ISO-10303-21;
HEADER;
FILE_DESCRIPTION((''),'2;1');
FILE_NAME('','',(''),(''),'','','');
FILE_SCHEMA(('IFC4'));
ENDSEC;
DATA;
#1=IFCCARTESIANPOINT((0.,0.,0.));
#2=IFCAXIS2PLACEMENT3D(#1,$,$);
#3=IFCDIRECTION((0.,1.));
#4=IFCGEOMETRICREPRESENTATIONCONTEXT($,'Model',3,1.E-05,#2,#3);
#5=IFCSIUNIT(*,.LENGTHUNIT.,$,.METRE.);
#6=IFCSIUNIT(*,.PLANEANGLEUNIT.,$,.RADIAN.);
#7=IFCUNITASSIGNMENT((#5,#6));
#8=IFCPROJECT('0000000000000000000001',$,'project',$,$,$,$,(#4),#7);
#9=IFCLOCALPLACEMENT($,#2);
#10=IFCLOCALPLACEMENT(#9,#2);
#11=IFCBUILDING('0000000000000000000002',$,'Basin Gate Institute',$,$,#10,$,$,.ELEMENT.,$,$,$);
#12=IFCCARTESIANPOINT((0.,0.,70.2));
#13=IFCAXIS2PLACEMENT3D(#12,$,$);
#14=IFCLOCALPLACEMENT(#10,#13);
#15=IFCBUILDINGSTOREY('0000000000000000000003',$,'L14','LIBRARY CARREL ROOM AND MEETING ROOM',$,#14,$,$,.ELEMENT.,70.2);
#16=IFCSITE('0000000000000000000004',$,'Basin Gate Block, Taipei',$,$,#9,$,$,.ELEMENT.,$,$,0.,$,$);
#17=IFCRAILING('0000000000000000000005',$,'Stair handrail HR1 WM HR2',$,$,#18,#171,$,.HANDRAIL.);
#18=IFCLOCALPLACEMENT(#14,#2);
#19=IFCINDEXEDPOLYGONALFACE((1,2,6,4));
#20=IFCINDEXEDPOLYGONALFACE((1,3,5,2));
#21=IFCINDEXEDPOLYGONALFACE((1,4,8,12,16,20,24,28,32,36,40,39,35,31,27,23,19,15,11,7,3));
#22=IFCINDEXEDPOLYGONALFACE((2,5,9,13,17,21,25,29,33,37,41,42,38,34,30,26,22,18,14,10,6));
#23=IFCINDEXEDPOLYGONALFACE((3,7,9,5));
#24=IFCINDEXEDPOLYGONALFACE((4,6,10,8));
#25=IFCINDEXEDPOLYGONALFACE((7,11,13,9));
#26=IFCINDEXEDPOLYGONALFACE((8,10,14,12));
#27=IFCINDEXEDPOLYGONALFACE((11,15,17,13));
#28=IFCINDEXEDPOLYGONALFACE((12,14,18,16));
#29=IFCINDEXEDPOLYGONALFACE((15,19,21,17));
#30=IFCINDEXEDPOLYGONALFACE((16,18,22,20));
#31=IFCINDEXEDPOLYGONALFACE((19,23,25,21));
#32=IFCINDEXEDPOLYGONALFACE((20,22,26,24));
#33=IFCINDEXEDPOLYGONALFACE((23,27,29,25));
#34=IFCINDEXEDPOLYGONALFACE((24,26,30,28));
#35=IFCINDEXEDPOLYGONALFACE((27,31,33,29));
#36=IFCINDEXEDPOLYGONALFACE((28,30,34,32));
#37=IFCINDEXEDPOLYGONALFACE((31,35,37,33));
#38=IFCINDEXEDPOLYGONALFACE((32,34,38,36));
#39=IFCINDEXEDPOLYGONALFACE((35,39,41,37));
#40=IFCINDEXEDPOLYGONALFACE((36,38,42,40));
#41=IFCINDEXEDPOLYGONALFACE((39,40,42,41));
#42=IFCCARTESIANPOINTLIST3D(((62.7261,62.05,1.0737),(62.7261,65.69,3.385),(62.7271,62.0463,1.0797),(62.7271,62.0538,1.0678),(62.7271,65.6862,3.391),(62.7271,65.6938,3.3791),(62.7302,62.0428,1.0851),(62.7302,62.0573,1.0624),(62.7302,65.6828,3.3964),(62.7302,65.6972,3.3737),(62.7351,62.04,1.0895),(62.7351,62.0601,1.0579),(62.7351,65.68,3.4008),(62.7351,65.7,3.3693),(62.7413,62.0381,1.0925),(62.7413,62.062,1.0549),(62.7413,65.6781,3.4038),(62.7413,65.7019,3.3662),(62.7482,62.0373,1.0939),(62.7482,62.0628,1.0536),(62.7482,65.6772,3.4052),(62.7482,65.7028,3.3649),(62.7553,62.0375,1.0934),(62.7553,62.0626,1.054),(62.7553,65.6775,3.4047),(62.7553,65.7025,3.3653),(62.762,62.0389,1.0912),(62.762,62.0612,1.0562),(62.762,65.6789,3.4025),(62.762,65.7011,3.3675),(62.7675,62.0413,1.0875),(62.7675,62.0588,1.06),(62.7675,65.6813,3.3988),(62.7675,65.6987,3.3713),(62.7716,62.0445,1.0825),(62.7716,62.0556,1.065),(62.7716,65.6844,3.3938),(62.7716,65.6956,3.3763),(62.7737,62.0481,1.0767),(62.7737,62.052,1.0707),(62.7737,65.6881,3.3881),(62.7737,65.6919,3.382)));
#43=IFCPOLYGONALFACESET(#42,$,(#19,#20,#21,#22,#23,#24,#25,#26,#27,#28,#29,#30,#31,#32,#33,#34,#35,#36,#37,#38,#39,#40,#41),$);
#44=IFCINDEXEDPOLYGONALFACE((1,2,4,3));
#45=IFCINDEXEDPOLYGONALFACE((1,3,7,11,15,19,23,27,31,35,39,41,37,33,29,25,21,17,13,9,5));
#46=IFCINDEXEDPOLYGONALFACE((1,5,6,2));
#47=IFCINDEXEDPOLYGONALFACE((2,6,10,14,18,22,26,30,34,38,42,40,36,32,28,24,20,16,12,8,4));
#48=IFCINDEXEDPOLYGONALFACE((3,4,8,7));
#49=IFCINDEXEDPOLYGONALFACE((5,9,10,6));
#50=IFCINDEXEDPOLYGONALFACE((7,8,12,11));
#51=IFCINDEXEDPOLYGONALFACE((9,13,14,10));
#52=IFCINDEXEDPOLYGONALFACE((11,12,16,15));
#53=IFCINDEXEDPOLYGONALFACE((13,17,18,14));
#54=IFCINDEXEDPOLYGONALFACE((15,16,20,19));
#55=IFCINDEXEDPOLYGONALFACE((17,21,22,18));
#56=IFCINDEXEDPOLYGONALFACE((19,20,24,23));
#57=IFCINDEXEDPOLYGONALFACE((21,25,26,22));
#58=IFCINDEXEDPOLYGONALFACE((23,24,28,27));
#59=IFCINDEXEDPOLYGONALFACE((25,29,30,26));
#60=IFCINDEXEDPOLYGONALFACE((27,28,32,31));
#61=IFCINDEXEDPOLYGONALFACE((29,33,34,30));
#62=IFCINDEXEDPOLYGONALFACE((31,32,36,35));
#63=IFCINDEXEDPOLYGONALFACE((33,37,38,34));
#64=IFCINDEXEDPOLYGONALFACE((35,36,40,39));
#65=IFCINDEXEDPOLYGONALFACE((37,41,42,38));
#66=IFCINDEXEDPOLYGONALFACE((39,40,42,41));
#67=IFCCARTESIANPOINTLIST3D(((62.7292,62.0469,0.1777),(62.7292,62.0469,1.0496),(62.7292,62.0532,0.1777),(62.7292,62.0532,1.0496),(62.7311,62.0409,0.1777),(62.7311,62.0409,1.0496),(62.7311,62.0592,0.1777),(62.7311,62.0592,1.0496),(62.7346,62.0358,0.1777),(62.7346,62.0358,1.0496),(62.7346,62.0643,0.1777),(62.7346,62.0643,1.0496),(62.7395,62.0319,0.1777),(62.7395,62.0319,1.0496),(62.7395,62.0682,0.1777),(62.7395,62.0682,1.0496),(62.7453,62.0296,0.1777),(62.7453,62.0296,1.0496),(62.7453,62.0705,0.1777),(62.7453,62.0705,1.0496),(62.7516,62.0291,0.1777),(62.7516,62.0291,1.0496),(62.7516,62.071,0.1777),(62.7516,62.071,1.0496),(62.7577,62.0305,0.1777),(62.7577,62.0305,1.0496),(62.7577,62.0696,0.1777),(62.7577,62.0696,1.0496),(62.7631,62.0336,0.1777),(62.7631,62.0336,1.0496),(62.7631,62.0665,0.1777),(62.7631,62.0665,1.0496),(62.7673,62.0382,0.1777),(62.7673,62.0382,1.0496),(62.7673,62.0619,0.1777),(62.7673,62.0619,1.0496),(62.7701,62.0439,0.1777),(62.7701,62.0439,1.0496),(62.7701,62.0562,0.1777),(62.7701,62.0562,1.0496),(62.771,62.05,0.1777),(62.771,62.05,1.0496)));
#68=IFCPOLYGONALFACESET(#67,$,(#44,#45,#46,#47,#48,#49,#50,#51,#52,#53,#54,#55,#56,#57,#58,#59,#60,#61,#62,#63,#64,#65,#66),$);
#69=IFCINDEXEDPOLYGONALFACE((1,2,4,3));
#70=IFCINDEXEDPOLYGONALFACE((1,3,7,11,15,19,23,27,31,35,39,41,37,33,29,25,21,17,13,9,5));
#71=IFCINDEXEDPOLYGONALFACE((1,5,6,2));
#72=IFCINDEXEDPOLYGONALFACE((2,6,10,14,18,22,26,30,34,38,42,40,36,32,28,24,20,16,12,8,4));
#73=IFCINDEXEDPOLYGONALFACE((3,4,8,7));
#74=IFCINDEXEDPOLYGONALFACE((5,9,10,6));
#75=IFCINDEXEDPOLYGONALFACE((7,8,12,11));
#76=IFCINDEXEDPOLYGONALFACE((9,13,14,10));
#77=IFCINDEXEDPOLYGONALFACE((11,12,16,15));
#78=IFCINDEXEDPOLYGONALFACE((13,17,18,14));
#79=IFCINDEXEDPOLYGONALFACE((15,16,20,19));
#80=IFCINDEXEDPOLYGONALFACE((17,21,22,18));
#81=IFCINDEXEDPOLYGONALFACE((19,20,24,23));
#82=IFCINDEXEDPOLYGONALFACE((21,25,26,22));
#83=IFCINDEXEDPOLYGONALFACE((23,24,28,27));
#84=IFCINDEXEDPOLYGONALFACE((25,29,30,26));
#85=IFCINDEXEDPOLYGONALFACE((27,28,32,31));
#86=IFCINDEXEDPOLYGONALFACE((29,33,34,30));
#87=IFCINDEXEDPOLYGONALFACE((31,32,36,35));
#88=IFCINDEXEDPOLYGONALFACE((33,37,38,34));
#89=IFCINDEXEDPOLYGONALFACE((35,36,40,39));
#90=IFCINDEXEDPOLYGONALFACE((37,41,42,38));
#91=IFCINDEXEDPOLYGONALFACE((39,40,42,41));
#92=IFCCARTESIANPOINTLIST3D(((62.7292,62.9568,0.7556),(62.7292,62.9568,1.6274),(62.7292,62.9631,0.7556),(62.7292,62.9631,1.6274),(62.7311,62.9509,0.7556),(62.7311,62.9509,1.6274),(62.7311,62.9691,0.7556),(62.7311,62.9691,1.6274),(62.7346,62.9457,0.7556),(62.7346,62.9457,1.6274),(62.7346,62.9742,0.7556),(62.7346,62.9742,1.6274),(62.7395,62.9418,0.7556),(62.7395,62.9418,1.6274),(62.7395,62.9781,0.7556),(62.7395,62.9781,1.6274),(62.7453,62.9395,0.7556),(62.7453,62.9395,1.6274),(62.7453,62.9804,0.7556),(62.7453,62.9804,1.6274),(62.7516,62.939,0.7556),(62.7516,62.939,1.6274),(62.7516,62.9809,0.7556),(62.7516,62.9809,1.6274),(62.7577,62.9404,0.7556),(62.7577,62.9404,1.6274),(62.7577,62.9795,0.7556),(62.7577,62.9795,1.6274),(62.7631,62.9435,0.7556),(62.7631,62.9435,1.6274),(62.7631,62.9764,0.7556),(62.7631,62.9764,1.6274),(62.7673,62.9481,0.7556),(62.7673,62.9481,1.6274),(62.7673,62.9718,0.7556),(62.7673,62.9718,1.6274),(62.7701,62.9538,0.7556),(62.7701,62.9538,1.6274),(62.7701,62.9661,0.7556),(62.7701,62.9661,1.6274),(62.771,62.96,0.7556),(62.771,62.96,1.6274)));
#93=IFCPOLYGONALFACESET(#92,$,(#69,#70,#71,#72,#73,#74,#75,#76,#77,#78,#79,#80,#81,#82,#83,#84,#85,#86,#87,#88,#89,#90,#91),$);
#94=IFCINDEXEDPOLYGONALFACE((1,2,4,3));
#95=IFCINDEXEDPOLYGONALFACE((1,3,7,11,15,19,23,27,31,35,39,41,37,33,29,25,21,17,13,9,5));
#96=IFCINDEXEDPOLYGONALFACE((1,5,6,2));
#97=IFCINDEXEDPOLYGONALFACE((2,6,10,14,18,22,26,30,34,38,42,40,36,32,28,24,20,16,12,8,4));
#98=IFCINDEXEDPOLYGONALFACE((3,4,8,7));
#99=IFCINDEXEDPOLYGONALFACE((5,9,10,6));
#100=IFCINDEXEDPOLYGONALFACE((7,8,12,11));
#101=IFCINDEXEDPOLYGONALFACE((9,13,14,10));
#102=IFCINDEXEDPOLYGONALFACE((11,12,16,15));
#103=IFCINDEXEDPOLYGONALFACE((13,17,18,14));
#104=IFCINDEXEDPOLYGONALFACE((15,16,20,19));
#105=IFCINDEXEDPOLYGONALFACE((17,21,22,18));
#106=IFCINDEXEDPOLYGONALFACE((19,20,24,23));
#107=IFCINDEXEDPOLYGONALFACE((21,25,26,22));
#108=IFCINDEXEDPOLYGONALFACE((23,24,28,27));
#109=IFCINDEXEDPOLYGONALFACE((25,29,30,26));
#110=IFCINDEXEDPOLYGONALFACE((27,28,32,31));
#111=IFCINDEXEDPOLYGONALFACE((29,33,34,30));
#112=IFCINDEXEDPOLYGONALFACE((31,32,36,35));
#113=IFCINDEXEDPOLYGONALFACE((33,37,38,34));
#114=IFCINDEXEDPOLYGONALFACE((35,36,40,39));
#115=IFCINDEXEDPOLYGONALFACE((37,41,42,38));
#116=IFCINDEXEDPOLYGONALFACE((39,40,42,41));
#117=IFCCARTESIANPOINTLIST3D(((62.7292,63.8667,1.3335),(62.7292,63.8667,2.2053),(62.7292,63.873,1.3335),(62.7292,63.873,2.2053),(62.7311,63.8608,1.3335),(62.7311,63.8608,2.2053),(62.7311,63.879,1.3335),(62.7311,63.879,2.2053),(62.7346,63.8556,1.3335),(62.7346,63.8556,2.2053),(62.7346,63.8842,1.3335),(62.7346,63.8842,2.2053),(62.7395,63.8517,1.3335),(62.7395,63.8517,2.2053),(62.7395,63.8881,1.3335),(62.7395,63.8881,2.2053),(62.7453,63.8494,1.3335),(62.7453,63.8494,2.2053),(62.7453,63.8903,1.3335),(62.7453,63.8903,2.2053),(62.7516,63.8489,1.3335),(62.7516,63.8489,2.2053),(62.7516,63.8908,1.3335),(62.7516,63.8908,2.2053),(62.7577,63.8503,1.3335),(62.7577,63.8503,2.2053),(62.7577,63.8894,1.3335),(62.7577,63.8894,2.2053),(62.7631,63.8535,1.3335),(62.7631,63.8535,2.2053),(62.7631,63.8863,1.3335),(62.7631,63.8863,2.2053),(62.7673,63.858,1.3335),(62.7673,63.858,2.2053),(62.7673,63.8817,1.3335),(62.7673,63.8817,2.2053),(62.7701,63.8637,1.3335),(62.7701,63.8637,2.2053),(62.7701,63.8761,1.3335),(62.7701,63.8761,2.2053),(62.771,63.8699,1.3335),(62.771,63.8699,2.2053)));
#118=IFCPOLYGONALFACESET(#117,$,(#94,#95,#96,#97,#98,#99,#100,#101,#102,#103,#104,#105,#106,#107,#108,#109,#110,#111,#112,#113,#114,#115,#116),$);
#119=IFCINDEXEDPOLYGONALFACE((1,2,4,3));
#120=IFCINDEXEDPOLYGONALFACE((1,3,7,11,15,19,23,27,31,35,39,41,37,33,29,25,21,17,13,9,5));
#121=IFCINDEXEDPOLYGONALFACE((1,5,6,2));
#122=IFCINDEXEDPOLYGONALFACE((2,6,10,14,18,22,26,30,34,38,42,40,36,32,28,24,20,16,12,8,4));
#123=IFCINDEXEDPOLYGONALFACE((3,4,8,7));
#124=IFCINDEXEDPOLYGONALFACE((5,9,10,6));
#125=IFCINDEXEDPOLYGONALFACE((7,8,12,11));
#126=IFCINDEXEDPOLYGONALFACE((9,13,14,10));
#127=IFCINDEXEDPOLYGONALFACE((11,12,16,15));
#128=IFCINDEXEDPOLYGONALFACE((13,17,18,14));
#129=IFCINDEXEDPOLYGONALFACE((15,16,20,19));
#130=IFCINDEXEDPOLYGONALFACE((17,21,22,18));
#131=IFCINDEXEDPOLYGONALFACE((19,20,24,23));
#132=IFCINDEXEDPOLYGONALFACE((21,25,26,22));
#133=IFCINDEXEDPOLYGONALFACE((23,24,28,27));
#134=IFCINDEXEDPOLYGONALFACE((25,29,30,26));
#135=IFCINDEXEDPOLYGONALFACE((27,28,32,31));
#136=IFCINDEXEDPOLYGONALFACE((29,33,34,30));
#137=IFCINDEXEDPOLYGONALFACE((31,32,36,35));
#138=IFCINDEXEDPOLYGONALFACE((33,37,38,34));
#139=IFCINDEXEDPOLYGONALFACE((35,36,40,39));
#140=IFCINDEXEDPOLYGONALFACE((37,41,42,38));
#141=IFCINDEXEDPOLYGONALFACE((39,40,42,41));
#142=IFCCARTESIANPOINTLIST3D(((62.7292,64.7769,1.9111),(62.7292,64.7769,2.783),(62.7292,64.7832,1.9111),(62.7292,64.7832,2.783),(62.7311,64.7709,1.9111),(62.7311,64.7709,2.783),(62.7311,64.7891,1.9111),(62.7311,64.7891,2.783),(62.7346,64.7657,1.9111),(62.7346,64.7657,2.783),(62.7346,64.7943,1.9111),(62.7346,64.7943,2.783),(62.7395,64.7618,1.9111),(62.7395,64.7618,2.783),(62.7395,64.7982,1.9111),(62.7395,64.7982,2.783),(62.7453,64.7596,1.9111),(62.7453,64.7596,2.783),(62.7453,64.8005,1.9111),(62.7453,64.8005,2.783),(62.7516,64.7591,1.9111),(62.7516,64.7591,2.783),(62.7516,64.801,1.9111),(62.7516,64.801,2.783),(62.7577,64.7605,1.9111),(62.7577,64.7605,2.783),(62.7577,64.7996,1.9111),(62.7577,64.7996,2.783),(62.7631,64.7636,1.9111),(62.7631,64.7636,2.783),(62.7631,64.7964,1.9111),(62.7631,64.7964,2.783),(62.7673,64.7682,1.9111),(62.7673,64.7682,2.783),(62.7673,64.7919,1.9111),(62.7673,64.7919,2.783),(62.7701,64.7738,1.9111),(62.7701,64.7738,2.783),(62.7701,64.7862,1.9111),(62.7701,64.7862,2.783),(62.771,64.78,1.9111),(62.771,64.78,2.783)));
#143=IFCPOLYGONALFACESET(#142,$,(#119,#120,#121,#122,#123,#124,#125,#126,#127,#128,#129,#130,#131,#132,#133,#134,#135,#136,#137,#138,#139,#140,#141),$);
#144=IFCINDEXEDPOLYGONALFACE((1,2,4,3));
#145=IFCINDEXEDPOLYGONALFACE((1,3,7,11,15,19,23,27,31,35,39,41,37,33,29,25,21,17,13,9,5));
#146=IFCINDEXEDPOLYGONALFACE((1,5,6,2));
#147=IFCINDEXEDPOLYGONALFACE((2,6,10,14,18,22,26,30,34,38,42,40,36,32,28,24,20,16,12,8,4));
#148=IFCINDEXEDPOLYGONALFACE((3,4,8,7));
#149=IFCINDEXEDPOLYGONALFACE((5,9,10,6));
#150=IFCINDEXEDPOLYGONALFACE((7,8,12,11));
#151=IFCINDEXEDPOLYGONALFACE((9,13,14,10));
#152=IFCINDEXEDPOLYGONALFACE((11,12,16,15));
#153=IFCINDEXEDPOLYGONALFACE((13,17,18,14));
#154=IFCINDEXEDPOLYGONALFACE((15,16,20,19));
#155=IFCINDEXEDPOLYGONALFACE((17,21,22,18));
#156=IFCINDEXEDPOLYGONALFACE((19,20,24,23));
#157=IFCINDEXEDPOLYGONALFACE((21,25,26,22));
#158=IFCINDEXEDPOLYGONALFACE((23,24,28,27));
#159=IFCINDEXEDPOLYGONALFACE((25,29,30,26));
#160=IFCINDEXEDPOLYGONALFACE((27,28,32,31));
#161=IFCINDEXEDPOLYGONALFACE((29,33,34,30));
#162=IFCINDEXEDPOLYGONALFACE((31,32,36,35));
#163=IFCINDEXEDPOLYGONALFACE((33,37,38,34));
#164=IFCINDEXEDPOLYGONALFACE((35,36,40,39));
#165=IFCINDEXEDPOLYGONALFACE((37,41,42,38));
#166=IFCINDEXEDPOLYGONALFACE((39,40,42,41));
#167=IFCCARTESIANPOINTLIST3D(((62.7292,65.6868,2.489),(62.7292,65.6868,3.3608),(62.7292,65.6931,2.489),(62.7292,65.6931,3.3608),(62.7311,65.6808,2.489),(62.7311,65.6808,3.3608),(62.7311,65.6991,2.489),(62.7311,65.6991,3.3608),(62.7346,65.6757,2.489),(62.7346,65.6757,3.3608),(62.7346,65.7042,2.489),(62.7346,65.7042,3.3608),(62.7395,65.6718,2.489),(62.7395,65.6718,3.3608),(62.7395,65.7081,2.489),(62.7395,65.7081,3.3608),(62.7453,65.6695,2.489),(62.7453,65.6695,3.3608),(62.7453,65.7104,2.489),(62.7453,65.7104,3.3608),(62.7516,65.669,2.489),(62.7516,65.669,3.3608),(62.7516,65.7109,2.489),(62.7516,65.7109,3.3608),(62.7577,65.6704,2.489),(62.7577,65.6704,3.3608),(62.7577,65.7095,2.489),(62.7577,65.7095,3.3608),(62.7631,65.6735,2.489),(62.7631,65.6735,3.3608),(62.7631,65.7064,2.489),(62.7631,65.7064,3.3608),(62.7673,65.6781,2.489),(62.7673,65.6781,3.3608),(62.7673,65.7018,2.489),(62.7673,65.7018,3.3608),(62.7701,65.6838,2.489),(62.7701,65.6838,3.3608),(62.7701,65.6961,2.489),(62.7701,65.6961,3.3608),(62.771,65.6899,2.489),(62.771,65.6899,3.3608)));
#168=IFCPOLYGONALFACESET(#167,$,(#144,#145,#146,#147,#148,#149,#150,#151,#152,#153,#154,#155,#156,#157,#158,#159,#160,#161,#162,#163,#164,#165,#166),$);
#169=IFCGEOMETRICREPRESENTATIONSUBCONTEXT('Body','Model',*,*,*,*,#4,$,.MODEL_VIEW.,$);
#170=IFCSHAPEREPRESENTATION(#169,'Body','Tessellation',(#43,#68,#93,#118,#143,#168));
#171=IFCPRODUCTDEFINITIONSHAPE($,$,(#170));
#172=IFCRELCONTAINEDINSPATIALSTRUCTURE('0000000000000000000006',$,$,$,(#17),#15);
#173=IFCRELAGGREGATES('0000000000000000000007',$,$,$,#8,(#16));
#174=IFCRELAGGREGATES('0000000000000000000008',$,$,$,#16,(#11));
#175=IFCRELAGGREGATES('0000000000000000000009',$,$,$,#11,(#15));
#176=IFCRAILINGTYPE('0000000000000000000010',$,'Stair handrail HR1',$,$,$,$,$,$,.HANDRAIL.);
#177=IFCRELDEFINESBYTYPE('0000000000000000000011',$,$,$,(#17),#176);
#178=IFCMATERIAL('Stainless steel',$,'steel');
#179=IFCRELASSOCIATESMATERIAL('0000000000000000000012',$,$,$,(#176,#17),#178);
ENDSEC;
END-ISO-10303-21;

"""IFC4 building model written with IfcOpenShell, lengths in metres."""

from ifc_helpers import new_model, si_unit, direction, frame, origin, origin_2d, place, context, subcontext, project, spatial, circle, extrude, material, type_object, element, save


model = new_model("IFC4")

# Units and contexts
model_context = context("Model", 3, precision=1e-05, world=origin(), true_north=direction((0.0, 1.0)))
body_context = subcontext(model_context, "Body", "Model", "MODEL_VIEW")
ifc_project = project(units=[si_unit("LENGTHUNIT", "METRE"), si_unit("PLANEANGLEUNIT", "RADIAN")], contexts=[model_context])

# Site, building, storey
site_placement = place(None, origin())
site = spatial("IfcSite", under=ifc_project, at=site_placement, Name="Basin Gate Block, Taipei", CompositionType="ELEMENT", RefElevation=0.0)
building_placement = place(site_placement, origin())
building = spatial("IfcBuilding", under=site, at=building_placement, Name="Basin Gate Institute", CompositionType="ELEMENT")
storey_placement = place(building_placement, frame((0.0, 0.0, 70.2)))
storey = spatial("IfcBuildingStorey", under=building, at=storey_placement, Name="L14", Description="LIBRARY CARREL ROOM AND MEETING ROOM", CompositionType="ELEMENT", Elevation=70.2)

# Railing
ifc_material_1 = material(Name="Stainless steel", Category="steel")
railing_type_1 = type_object("IfcRailingType", Name="Stair handrail HR1", PredefinedType="HANDRAIL", material=ifc_material_1)
for number, where, name in (
    (1, (62.75, 62.05, 0.1777), "Stair handrail HR1 WM HR2"),
):
    element("IfcRailing", number, at=place(storey_placement, frame(where)), inside=storey, type_object=railing_type_1, material=ifc_material_1, Name=name, PredefinedType="HANDRAIL", context=body_context, shape_type="SweptSolid", body=[
        extrude(circle(Radius=0.0239, at=origin_2d()), frame((0.0, 0.0, 0.896), z_axis=(0.0, 0.844188, 0.536047), x_axis=(-1.0, 0.0, 0.0)), (0.0, 0.0, 1.0), 4.3118),
        extrude(circle(Radius=0.021, at=origin_2d()), origin(), (0.0, 0.0, 1.0), 0.8718),
        extrude(circle(Radius=0.021, at=origin_2d()), frame((0.0, 0.9099, 0.5779)), (0.0, 0.0, 1.0), 0.8718),
        extrude(circle(Radius=0.021, at=origin_2d()), frame((0.0, 1.8198, 1.1558)), (0.0, 0.0, 1.0), 0.8718),
        extrude(circle(Radius=0.021, at=origin_2d()), frame((0.0, 2.73, 1.7334)), (0.0, 0.0, 1.0), 0.8718),
        extrude(circle(Radius=0.021, at=origin_2d()), frame((0.0, 3.6399, 2.3113)), (0.0, 0.0, 1.0), 0.8718),
    ])

save(model, "model.ifc")
